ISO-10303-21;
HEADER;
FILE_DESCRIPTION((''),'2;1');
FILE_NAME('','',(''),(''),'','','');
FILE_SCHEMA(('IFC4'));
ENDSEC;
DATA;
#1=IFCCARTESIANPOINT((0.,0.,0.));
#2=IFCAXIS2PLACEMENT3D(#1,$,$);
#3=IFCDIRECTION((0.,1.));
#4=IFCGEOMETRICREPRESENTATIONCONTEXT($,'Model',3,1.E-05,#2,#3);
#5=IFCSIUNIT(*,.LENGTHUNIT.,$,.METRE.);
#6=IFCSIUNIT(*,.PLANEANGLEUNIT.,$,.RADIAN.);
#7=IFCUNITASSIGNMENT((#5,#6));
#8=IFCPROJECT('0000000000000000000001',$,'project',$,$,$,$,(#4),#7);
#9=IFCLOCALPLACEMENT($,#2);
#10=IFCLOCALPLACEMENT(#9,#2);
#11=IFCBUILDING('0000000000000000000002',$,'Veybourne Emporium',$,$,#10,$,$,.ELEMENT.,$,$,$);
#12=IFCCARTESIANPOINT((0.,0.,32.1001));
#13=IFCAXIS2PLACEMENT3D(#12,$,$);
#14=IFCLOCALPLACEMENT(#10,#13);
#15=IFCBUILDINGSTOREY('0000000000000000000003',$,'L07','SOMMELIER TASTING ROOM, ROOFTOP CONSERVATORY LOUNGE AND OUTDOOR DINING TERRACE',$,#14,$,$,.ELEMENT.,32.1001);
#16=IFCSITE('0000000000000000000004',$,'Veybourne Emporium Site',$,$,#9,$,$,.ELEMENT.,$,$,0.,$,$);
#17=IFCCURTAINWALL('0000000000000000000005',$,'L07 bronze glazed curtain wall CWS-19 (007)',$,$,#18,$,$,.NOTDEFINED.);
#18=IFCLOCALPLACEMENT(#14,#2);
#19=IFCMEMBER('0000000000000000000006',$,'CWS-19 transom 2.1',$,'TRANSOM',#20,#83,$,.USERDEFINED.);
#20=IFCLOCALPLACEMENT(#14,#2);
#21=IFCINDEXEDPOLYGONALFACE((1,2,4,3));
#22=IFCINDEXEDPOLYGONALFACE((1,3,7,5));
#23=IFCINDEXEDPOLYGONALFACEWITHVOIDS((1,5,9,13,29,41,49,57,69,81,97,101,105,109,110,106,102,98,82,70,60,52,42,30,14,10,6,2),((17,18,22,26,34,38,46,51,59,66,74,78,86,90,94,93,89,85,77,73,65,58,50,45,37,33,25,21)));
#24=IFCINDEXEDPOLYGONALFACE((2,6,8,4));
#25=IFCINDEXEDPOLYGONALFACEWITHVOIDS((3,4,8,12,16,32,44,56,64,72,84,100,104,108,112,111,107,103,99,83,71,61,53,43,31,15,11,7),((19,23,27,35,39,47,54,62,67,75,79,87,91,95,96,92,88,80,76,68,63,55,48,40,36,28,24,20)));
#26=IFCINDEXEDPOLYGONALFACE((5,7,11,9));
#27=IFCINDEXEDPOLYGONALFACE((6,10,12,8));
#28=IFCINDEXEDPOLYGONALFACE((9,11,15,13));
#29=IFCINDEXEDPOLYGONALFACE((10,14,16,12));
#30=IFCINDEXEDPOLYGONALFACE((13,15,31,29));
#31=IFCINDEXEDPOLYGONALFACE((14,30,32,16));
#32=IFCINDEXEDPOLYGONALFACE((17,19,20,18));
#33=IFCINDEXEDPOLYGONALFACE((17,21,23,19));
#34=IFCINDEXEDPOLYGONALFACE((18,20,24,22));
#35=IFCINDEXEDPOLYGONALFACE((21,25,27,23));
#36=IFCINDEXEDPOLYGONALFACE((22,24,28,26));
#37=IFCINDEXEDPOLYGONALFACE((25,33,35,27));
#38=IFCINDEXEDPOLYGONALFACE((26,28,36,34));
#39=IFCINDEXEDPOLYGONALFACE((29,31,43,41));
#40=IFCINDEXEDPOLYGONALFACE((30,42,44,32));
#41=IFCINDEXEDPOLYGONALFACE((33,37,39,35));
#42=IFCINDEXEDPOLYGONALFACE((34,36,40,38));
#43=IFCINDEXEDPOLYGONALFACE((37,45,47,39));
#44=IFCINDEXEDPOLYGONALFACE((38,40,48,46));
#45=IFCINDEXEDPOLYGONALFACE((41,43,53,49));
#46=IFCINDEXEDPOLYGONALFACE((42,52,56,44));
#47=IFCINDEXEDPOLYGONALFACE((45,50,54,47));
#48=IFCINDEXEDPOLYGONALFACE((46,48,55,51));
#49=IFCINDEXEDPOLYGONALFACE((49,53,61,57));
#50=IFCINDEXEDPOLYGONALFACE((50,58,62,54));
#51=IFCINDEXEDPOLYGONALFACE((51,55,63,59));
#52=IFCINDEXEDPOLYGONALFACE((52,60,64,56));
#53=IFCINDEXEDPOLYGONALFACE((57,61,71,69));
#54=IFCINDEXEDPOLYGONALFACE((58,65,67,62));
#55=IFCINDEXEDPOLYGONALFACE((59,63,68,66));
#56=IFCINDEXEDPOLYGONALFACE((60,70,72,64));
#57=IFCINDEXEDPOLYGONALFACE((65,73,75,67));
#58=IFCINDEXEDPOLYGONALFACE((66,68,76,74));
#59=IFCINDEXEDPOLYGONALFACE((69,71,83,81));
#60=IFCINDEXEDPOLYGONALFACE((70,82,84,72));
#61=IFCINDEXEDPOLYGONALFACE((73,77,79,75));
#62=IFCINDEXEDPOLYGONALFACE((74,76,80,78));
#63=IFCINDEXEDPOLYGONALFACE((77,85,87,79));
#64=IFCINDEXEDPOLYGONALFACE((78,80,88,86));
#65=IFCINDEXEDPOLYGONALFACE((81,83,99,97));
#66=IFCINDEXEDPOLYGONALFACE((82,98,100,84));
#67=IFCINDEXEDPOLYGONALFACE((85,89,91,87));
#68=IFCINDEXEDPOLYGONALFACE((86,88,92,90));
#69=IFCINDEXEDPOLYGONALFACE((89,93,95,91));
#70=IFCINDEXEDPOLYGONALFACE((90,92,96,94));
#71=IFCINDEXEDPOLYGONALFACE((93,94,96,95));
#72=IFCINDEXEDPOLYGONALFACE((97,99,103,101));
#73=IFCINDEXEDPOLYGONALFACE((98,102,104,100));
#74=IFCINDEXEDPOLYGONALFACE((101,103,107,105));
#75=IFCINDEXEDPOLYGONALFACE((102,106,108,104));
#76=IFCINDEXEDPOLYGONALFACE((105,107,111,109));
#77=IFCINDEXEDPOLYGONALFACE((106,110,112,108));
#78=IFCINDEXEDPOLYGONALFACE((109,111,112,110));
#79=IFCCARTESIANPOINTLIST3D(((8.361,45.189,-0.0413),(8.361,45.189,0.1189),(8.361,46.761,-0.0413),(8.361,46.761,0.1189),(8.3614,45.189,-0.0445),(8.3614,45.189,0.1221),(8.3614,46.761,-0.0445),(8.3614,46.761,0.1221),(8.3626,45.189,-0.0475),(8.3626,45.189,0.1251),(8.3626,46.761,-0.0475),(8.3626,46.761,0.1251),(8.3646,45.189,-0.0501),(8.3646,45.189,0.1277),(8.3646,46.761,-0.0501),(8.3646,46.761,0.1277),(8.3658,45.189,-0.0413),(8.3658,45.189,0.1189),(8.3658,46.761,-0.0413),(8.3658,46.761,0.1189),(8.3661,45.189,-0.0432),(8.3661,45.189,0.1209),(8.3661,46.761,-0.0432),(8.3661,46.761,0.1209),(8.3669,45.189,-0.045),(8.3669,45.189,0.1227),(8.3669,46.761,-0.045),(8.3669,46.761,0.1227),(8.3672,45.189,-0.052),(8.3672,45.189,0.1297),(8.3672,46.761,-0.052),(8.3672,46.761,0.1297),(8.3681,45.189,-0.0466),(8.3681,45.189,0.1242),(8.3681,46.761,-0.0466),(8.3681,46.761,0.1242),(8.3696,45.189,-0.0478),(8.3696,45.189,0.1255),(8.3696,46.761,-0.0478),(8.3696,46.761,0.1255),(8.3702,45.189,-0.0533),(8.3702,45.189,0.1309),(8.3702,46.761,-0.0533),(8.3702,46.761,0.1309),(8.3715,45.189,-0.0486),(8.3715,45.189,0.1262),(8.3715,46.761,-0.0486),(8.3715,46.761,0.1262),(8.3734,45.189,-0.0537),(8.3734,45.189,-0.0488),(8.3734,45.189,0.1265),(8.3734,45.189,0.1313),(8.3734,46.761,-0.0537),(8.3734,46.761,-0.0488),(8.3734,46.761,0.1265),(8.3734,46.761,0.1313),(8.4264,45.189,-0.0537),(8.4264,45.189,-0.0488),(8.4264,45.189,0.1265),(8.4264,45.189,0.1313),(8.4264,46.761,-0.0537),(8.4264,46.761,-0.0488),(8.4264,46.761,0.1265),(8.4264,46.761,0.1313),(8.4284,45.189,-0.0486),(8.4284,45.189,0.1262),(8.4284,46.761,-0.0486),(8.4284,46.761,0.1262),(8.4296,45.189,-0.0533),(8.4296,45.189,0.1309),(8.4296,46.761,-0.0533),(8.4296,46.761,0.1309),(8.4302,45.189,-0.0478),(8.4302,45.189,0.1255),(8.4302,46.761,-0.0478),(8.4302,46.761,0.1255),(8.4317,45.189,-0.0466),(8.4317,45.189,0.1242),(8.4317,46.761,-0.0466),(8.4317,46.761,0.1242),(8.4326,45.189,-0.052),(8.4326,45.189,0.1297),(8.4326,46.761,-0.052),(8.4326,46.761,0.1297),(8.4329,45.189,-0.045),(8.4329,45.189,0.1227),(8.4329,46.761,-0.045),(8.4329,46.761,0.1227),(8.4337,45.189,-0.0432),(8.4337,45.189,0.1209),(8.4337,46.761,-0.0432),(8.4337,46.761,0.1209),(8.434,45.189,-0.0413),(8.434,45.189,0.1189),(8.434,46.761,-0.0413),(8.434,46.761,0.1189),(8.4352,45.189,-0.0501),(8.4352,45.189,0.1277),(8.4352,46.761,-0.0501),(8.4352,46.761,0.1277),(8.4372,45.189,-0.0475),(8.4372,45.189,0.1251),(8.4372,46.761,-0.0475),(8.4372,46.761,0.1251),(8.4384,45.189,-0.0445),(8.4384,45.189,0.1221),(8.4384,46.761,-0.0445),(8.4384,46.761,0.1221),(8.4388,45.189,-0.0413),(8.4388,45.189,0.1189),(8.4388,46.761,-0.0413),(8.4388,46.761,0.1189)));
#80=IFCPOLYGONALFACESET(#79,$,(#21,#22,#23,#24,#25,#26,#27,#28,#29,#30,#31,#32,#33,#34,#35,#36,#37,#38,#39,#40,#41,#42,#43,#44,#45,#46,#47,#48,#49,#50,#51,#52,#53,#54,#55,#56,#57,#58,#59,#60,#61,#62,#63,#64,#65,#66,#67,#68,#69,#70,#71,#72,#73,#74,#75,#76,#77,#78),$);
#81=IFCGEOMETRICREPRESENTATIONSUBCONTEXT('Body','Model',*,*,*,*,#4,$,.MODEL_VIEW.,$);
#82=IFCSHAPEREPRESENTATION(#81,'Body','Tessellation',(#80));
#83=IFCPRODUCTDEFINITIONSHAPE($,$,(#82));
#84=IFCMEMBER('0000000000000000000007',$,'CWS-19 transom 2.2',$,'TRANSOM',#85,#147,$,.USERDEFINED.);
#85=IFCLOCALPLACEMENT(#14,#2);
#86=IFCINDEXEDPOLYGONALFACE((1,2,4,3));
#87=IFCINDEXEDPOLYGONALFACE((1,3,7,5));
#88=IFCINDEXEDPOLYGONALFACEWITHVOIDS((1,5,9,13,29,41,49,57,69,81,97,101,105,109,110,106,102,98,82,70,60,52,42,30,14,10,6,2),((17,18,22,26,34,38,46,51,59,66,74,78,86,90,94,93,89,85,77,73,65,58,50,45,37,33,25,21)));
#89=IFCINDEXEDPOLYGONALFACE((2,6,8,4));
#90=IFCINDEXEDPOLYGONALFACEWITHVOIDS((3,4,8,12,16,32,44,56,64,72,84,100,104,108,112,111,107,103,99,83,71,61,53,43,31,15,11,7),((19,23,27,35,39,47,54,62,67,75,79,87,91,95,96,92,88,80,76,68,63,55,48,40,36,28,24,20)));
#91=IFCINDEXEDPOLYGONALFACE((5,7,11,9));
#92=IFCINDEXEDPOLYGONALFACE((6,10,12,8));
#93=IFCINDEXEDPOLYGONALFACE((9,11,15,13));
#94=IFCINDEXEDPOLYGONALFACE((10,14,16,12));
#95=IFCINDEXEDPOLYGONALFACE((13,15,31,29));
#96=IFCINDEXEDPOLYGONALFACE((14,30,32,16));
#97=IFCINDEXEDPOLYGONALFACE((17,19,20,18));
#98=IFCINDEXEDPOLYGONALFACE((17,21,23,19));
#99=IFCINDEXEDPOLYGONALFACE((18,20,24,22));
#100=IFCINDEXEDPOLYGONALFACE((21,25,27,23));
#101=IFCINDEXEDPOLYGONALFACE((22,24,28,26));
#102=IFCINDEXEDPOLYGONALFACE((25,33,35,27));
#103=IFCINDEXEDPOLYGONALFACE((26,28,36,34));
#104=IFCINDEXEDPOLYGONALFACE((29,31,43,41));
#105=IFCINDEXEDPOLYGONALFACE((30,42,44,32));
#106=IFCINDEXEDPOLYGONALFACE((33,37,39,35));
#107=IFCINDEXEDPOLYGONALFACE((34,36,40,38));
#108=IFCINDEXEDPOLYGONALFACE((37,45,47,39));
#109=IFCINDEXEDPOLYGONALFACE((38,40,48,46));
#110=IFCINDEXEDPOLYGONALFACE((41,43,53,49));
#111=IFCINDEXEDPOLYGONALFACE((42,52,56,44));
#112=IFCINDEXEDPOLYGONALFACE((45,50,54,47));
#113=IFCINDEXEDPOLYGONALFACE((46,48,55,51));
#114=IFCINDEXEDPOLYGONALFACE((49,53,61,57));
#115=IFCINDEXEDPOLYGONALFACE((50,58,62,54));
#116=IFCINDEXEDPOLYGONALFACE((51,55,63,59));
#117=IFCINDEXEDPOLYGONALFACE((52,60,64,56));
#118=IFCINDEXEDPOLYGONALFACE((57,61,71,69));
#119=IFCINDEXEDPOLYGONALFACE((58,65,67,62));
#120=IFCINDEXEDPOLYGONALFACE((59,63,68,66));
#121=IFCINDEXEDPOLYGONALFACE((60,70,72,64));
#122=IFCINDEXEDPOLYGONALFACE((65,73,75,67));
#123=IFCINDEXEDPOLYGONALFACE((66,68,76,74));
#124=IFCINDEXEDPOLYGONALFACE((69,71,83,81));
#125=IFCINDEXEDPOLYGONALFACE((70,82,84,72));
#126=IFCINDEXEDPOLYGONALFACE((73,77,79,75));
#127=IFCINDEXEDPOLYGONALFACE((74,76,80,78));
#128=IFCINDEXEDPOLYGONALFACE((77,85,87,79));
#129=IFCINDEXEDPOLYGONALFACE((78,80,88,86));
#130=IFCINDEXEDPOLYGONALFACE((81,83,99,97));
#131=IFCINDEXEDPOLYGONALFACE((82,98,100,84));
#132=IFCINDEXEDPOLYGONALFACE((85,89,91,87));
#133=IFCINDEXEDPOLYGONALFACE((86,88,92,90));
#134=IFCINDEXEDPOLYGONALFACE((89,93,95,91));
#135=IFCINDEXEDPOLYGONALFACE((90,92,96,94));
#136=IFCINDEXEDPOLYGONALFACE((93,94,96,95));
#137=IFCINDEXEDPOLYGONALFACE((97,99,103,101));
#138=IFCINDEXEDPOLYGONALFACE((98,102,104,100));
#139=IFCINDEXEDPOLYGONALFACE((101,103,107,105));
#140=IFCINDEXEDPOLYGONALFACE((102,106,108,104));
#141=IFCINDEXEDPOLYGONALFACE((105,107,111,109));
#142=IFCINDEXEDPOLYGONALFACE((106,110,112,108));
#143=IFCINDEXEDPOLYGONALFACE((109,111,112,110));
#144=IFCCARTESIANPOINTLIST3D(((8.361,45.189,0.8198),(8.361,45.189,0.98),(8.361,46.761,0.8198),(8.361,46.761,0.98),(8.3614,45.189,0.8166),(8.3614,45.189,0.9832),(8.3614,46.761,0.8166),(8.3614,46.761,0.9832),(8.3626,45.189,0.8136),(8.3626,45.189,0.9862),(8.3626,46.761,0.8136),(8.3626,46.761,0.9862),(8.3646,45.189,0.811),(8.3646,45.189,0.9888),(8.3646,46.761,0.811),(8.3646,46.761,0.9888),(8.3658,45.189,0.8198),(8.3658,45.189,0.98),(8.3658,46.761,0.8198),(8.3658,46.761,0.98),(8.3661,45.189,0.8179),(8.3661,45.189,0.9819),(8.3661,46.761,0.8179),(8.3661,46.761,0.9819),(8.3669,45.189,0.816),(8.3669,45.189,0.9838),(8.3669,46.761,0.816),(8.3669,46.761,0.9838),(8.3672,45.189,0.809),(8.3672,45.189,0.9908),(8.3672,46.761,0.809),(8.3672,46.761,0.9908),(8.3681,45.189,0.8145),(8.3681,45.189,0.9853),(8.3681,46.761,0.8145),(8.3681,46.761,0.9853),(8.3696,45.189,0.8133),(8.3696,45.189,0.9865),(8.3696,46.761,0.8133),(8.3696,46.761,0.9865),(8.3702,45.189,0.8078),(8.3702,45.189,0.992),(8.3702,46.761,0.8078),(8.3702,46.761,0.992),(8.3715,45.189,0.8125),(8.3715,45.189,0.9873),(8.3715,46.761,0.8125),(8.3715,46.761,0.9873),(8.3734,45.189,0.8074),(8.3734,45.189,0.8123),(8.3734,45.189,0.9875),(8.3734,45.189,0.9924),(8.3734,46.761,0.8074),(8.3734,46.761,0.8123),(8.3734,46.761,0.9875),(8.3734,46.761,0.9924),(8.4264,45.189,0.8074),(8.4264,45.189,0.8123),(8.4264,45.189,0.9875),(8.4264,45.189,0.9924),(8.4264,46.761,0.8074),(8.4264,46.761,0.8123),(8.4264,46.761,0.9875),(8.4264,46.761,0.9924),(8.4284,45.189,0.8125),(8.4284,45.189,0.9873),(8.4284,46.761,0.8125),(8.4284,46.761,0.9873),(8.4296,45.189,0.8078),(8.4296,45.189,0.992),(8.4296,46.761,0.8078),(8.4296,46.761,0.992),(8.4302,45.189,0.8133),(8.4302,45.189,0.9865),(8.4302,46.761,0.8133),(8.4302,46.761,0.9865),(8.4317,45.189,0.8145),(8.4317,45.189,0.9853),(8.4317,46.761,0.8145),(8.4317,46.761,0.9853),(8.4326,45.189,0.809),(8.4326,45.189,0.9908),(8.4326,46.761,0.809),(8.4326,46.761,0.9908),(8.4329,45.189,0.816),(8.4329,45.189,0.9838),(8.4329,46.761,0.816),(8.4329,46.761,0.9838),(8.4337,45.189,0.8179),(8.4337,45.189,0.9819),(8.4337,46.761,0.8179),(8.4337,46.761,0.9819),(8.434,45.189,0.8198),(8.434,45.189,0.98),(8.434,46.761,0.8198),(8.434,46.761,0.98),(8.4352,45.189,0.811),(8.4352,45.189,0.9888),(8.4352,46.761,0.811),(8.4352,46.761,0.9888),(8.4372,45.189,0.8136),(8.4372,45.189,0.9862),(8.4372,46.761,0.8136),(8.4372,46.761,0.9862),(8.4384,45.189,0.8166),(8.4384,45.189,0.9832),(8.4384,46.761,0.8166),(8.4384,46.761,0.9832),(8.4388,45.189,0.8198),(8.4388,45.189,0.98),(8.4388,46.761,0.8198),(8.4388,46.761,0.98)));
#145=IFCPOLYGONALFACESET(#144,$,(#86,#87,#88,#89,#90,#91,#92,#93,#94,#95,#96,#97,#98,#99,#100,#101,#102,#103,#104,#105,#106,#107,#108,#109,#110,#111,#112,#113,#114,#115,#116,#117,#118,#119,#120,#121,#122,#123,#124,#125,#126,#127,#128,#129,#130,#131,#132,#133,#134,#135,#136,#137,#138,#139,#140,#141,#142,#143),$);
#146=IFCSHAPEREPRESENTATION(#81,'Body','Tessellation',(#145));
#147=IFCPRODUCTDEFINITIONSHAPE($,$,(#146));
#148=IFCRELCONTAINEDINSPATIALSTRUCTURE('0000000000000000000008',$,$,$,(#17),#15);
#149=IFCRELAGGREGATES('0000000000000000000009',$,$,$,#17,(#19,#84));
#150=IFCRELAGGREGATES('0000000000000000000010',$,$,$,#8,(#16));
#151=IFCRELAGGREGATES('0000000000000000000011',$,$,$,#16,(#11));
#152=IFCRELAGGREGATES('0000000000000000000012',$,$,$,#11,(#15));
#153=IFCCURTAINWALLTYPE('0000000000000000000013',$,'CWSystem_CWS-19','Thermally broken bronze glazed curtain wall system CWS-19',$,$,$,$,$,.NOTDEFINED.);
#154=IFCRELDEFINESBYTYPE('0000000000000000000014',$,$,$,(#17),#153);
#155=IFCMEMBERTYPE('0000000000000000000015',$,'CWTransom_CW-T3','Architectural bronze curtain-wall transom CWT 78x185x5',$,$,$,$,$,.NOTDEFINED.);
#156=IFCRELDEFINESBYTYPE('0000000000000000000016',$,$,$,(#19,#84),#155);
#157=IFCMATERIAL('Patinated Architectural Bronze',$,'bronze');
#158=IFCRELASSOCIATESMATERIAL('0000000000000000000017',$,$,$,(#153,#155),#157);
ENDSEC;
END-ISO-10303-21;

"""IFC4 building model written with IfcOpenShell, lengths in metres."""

from ifc_helpers import new_model, si_unit, direction, frame, origin, origin_2d, place, context, subcontext, project, spatial, hollow_rectangle, extrude, material, material_profile, profile_set, type_object, element, aggregate, save


model = new_model("IFC4")

# Units and contexts
model_context = context("Model", 3, precision=1e-05, world=origin(), true_north=direction((0.0, 1.0)))
body_context = subcontext(model_context, "Body", "Model", "MODEL_VIEW")
ifc_project = project(units=[si_unit("LENGTHUNIT", "METRE"), si_unit("PLANEANGLEUNIT", "RADIAN")], contexts=[model_context])

# Site, building, storey
site_placement = place(None, origin())
site = spatial("IfcSite", under=ifc_project, at=site_placement, Name="Veybourne Emporium Site", CompositionType="ELEMENT", RefElevation=0.0)
building_placement = place(site_placement, origin())
building = spatial("IfcBuilding", under=site, at=building_placement, Name="Veybourne Emporium", CompositionType="ELEMENT")
storey_placement = place(building_placement, frame((0.0, 0.0, 32.1001)))
storey = spatial("IfcBuildingStorey", under=building, at=storey_placement, Name="L07", Description="SOMMELIER TASTING ROOM, ROOFTOP CONSERVATORY LOUNGE AND OUTDOOR DINING TERRACE", CompositionType="ELEMENT", Elevation=32.1001)

# Curtain wall, members
ifc_material_1 = material(Name="Patinated Architectural Bronze", Category="bronze")
curtain_wall_type = type_object("IfcCurtainWallType", Name="CWSystem_CWS-19", Description="Thermally broken bronze glazed curtain wall system CWS-19", PredefinedType="NOTDEFINED", material=ifc_material_1)
curtain_wall_placement = place(storey_placement, origin())
curtain_wall = element("IfcCurtainWall", 1, at=curtain_wall_placement, inside=storey, type_object=curtain_wall_type, Name="L07 bronze glazed curtain wall CWS-19 (007)", PredefinedType="NOTDEFINED")
ifc_material_profile_1 = material_profile(ifc_material_1, hollow_rectangle(XDim=0.0779, YDim=0.1851, WallThickness=0.0049, InnerFilletRadius=0.0076, OuterFilletRadius=0.0125, at=origin_2d()), Name="CWT 78x185x5")
ifc_profile_set_1 = profile_set([ifc_material_profile_1], Name="Patinated Architectural Bronze")
member_type_1 = type_object("IfcMemberType", Name="CWTransom_CW-T3", Description="Architectural bronze curtain-wall transom CWT 78x185x5", PredefinedType="NOTDEFINED", material=ifc_profile_set_1)
member_1_placement = place(storey_placement, frame((8.3999, 45.189, 0.0388), z_axis=(0.0, 1.0, 0.0), x_axis=(-1.0, 0.0, 0.0)))
member_1 = element("IfcMember", 2, at=member_1_placement, type_object=member_type_1, Name="CWS-19 transom 2.1", ObjectType="TRANSOM", PredefinedType="USERDEFINED", context=body_context, shape_type="SweptSolid", body=[
    extrude(hollow_rectangle(XDim=0.0779, YDim=0.1851, WallThickness=0.0049, InnerFilletRadius=0.0076, OuterFilletRadius=0.0125, at=origin_2d()), origin(), (0.0, 0.0, 1.0), 1.572),
])
member_2_placement = place(storey_placement, frame((8.3999, 45.189, 0.8999), z_axis=(0.0, 1.0, 0.0), x_axis=(-1.0, 0.0, 0.0)))
member_2 = element("IfcMember", 3, at=member_2_placement, type_object=member_type_1, Name="CWS-19 transom 2.2", ObjectType="TRANSOM", PredefinedType="USERDEFINED", context=body_context, shape_type="SweptSolid", body=[
    extrude(hollow_rectangle(XDim=0.0779, YDim=0.1851, WallThickness=0.0049, InnerFilletRadius=0.0076, OuterFilletRadius=0.0125, at=origin_2d()), origin(), (0.0, 0.0, 1.0), 1.572),
])

aggregate(curtain_wall, [member_1, member_2])

save(model, "model.ifc")
